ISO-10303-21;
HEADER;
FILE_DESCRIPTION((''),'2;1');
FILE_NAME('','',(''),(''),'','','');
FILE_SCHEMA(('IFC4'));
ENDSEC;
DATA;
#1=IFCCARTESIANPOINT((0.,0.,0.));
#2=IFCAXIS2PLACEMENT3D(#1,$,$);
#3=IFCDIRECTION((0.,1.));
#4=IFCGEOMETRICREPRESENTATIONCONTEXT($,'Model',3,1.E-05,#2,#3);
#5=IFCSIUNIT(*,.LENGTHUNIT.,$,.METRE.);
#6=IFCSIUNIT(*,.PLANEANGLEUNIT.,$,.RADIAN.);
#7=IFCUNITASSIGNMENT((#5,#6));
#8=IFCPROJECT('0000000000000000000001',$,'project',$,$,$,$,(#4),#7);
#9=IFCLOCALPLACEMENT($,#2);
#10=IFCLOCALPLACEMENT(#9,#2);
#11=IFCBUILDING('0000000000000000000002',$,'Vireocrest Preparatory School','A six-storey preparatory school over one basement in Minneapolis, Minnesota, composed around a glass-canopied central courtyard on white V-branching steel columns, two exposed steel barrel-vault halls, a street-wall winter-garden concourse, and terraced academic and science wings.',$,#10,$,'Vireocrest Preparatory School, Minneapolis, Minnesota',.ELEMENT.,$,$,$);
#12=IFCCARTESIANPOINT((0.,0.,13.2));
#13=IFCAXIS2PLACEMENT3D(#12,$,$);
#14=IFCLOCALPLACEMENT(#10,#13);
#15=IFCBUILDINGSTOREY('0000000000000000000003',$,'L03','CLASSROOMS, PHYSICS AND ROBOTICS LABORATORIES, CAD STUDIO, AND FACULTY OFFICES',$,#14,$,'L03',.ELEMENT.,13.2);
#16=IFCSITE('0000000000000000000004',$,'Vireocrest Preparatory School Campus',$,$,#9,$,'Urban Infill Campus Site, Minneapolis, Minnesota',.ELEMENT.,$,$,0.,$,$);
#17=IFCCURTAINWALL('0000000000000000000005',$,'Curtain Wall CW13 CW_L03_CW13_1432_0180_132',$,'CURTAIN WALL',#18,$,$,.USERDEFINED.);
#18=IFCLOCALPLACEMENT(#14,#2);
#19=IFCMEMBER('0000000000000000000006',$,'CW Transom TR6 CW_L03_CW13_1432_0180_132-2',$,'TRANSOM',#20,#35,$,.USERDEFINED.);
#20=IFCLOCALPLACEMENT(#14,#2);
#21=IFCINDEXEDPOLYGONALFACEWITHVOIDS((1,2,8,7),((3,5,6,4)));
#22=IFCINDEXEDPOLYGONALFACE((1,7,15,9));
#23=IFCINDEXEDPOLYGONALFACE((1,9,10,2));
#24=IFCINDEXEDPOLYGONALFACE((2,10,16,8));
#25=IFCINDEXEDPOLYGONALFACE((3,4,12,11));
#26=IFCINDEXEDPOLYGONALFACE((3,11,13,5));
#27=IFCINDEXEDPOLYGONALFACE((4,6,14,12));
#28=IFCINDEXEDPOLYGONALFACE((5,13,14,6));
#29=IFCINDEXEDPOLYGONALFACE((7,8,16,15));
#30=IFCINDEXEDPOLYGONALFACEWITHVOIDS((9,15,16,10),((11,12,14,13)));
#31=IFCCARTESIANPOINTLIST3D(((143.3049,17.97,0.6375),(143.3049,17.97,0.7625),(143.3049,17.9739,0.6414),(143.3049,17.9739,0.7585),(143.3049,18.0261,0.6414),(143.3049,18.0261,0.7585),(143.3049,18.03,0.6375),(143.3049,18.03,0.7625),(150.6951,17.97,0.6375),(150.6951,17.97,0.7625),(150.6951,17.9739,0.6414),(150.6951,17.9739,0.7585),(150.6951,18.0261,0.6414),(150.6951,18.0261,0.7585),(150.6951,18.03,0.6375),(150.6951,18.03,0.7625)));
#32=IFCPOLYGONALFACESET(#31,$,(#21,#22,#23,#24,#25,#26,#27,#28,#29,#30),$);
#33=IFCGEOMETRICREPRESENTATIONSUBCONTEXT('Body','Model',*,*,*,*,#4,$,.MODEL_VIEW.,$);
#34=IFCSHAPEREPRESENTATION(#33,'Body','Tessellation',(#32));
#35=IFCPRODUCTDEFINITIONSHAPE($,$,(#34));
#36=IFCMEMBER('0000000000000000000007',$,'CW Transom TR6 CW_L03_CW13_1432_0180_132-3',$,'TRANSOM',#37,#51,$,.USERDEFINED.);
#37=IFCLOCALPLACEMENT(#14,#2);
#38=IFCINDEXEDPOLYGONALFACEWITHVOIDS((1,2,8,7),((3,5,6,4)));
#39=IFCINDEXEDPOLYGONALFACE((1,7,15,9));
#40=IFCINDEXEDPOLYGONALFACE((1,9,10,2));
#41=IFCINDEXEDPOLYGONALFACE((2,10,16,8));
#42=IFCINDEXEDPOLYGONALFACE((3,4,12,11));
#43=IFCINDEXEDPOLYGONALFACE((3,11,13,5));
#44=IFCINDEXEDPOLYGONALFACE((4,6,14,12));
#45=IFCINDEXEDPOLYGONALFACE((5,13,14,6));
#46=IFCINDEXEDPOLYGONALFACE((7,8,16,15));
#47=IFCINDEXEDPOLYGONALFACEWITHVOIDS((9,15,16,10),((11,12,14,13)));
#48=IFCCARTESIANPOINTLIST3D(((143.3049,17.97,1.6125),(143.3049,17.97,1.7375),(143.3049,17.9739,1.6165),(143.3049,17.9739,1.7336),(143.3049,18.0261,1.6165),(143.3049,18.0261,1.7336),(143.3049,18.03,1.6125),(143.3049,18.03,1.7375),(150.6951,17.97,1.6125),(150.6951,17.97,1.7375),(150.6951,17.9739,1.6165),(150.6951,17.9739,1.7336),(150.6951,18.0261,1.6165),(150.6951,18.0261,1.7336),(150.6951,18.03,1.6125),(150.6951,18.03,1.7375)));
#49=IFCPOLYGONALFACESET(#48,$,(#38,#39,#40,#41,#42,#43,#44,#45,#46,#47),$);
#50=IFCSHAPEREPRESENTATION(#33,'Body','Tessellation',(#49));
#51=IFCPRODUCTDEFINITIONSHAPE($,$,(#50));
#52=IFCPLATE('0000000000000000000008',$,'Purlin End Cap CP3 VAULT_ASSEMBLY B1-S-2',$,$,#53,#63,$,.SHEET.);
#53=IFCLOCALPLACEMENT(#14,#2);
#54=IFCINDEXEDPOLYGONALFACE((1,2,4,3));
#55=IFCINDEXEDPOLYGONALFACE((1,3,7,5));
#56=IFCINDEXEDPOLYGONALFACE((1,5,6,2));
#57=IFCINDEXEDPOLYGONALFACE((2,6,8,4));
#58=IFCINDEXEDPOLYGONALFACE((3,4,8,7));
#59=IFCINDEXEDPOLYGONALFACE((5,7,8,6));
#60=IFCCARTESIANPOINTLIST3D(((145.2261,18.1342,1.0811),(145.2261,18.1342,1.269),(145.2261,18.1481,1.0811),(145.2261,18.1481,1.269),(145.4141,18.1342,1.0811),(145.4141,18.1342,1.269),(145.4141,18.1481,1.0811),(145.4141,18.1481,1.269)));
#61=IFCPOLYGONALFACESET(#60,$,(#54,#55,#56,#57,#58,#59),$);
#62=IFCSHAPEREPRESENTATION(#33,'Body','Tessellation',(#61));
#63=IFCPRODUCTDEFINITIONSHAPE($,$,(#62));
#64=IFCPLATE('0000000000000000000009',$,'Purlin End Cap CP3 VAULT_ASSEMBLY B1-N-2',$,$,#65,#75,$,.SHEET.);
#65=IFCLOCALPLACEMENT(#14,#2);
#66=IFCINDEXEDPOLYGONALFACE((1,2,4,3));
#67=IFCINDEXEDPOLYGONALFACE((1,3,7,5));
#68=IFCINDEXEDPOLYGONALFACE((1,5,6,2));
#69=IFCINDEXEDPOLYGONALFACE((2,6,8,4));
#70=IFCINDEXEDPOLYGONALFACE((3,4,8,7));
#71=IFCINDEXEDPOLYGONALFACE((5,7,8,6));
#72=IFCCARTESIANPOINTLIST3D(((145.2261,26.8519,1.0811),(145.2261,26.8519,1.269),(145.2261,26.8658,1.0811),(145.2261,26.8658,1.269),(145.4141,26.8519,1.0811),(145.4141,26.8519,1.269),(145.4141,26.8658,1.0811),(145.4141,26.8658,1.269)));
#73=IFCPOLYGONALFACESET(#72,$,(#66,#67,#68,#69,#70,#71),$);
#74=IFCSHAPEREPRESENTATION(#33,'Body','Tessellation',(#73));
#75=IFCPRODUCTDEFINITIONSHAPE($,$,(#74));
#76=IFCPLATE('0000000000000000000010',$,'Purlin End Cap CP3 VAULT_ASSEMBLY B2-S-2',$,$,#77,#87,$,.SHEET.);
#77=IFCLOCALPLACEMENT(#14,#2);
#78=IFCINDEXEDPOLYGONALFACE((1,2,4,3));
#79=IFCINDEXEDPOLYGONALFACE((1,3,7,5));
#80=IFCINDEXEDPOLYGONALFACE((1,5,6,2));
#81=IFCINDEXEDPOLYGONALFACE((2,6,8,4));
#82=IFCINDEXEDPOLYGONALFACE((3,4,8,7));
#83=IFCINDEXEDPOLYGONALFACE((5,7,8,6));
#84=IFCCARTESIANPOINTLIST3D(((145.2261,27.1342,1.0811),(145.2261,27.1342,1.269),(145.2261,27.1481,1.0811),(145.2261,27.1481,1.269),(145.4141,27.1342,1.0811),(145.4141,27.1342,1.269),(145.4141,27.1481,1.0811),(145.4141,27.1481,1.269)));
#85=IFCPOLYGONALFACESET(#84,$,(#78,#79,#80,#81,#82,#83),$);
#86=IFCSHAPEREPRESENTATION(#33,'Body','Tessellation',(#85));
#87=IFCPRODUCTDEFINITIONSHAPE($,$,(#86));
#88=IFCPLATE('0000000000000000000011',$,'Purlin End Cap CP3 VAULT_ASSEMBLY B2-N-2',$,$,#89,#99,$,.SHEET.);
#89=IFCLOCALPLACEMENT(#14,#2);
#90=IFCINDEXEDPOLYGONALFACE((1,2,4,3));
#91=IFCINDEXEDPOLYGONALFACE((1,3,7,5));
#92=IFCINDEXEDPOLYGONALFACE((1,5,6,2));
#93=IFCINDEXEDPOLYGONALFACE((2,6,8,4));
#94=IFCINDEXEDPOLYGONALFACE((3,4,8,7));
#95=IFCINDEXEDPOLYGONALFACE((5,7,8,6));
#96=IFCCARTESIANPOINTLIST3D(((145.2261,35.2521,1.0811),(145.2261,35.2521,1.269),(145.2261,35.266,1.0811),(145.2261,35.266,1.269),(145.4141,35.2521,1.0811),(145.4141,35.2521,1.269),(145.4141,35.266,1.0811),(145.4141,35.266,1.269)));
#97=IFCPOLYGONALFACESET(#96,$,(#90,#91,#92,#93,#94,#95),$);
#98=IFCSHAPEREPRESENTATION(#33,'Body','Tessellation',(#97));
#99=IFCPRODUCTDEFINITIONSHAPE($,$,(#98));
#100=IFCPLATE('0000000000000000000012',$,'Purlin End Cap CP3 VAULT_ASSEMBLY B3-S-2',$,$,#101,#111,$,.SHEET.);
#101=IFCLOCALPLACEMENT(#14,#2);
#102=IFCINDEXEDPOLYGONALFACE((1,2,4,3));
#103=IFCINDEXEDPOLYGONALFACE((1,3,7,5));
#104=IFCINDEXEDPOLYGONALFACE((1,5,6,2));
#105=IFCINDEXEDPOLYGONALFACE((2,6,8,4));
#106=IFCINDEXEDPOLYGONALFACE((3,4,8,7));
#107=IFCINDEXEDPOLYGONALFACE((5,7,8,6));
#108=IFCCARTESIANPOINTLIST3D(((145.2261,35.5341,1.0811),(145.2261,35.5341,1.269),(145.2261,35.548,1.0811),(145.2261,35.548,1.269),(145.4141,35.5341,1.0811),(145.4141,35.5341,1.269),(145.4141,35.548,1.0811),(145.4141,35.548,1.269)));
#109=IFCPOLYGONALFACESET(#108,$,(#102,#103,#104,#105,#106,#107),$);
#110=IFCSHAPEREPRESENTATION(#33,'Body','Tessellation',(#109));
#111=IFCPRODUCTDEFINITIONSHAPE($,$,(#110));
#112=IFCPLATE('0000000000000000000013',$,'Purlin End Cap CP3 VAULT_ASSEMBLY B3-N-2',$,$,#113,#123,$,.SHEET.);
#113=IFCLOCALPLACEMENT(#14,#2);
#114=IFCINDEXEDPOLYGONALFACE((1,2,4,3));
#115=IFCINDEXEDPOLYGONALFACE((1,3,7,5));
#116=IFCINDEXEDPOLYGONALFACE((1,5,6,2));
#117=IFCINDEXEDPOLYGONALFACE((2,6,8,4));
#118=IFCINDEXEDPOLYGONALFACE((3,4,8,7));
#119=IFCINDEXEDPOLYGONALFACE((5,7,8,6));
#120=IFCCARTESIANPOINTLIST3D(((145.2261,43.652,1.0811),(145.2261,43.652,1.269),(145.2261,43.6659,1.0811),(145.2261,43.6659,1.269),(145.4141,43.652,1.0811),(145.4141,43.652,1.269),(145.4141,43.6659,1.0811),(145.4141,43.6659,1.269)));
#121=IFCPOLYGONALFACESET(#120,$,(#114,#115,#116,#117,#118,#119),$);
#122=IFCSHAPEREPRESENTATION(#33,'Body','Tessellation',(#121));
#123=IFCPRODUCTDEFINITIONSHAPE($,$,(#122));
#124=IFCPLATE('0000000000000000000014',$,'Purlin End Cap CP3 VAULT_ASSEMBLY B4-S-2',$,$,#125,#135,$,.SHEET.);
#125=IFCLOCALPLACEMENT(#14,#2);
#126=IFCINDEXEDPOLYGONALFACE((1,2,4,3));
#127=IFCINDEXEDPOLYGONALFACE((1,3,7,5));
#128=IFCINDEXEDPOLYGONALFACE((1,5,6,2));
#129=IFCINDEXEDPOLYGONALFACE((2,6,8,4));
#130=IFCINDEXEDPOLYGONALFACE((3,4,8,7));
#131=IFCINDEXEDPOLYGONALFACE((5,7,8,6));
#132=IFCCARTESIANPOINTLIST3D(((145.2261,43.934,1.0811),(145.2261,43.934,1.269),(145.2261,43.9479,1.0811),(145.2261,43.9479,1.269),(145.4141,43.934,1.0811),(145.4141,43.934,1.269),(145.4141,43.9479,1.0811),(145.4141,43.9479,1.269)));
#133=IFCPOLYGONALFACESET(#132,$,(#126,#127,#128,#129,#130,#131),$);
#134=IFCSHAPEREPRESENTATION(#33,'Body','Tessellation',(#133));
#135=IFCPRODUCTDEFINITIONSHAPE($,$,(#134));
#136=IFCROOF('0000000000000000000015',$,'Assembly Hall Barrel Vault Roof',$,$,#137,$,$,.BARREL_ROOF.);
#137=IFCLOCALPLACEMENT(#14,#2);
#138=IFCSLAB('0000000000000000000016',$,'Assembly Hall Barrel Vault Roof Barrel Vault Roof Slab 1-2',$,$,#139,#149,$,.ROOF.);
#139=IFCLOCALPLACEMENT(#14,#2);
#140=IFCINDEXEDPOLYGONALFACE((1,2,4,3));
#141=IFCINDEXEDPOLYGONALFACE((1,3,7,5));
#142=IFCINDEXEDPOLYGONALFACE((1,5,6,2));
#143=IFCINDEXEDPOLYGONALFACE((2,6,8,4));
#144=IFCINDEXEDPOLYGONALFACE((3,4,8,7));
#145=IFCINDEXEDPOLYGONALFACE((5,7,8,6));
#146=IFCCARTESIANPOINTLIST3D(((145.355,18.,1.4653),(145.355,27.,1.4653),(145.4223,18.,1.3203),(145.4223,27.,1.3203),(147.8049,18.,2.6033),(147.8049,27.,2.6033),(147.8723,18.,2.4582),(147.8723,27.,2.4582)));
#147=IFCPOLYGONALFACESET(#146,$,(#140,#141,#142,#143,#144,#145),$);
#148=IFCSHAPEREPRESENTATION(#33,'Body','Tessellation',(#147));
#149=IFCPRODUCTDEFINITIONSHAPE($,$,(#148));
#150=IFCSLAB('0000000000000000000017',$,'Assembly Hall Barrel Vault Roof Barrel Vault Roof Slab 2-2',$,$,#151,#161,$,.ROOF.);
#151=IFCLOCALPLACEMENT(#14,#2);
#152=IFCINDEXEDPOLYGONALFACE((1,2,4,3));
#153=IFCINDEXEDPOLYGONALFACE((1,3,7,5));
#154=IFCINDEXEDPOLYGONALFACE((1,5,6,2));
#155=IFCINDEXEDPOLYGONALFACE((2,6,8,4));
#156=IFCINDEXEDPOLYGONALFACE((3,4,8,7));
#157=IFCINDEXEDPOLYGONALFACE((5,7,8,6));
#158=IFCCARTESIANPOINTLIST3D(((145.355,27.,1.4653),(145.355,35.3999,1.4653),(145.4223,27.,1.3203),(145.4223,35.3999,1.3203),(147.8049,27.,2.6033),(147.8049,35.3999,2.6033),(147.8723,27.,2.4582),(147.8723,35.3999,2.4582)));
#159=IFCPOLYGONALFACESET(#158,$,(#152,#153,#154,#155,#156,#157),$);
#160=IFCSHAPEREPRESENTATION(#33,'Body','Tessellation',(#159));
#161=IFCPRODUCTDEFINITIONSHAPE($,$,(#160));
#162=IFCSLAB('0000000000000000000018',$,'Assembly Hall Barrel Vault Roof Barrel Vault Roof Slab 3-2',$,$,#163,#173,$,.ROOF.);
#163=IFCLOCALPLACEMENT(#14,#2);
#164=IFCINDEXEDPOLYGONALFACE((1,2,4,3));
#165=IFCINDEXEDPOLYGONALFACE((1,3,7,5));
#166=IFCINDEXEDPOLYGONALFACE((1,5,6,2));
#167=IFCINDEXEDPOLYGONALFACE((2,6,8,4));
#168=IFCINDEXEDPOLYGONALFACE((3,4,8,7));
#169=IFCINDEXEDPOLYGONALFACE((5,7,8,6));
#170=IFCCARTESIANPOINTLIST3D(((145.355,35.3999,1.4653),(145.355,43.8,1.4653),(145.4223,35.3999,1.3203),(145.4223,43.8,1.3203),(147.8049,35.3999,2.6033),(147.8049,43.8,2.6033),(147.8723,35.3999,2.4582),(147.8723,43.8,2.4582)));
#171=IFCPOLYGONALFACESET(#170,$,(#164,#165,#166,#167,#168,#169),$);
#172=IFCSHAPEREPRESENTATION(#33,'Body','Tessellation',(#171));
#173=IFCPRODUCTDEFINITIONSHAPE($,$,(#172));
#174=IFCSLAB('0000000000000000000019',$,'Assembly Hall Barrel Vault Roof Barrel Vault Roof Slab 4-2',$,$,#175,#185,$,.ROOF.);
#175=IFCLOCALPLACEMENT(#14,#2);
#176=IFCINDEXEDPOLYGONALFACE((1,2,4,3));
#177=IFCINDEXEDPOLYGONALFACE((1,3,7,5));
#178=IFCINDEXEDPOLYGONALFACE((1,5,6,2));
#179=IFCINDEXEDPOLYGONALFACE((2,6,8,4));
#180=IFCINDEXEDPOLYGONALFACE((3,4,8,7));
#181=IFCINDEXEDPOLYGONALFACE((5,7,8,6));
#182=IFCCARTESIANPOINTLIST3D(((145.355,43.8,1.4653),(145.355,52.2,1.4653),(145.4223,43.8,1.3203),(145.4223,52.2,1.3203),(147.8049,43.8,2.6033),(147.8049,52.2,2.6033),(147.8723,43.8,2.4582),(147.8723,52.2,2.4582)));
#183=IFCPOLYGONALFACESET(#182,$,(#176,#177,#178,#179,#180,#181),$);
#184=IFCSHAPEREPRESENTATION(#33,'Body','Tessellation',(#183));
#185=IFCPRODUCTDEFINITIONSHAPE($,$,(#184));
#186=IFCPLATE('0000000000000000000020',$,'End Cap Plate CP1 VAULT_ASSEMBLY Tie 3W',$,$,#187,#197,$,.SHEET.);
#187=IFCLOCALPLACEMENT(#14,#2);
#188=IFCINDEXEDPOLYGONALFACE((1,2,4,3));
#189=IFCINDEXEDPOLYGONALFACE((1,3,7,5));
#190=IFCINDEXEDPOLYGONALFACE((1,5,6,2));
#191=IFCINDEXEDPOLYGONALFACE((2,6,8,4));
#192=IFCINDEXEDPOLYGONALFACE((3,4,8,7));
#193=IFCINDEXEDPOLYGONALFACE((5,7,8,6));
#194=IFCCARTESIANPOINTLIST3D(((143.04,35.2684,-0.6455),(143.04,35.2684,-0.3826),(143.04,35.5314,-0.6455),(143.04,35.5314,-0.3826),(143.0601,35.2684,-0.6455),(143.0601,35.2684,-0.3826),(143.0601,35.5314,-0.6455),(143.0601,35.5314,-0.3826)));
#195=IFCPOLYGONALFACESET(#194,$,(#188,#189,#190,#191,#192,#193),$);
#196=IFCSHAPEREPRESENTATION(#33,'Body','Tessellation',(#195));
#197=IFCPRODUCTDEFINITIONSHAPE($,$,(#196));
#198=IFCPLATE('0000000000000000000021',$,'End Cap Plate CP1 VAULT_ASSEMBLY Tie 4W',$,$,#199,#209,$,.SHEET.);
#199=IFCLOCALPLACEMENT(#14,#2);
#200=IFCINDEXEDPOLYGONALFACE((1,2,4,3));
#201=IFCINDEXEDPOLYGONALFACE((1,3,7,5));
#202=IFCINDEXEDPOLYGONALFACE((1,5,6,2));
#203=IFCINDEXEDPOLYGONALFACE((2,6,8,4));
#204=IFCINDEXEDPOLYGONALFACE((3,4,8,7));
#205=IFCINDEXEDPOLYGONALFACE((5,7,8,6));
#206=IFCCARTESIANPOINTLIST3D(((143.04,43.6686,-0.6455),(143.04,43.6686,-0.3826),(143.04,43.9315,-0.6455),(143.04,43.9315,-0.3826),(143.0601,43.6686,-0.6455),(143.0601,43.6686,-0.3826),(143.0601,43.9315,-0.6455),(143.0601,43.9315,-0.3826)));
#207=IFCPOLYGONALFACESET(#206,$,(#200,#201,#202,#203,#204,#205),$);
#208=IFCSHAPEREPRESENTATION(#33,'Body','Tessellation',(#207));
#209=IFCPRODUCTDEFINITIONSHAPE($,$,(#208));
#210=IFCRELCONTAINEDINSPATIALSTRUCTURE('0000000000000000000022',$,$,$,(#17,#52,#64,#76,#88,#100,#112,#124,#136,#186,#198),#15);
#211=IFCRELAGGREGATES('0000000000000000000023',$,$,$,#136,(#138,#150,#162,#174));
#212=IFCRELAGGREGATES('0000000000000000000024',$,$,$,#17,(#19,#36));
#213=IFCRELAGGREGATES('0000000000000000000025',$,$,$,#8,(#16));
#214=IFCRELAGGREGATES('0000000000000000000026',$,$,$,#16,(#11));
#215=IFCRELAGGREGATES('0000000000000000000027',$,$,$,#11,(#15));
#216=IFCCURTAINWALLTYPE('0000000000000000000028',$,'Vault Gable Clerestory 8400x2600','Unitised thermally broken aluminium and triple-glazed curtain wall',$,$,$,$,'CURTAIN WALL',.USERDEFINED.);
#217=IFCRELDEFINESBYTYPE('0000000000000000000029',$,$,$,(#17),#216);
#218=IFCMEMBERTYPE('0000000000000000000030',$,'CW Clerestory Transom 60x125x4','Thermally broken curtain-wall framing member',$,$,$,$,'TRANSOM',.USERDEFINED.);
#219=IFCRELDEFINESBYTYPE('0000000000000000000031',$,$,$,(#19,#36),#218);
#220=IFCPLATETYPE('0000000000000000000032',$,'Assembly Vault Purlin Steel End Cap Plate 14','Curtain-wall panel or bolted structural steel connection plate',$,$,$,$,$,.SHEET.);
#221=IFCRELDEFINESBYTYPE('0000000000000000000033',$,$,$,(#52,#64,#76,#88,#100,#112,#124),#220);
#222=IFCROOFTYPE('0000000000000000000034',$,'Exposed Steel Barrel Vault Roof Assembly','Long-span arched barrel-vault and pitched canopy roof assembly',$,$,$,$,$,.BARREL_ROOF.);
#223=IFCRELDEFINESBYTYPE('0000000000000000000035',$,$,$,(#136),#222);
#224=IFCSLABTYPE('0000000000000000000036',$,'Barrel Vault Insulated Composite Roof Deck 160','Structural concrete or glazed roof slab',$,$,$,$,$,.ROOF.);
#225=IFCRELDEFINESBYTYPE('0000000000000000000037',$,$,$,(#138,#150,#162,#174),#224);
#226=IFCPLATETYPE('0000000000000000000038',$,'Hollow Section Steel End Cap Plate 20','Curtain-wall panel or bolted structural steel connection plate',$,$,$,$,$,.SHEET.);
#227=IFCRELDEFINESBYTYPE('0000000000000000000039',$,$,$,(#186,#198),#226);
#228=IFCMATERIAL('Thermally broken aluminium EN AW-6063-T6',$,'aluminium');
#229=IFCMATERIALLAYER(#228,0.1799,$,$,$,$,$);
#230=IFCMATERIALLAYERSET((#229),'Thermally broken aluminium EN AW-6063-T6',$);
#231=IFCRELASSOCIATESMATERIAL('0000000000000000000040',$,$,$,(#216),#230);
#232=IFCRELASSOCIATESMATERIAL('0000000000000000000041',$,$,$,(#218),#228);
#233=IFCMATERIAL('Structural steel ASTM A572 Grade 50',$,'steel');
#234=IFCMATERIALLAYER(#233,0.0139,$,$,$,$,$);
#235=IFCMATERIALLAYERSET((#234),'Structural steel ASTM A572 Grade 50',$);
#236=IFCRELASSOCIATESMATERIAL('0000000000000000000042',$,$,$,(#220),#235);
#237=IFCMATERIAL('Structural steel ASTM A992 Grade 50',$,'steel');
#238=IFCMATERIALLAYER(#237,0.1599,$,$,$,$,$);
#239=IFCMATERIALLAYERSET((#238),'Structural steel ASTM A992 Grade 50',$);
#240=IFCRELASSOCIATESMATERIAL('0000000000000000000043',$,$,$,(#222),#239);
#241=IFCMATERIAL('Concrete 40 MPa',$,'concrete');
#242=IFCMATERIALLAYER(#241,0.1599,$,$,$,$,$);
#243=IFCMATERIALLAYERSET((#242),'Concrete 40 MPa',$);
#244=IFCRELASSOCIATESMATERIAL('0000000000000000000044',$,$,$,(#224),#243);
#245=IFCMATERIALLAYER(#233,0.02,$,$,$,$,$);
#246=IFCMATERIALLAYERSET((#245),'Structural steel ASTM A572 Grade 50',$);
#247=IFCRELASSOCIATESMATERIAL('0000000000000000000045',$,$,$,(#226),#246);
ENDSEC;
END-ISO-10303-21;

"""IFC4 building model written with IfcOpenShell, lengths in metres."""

from ifc_helpers import new_model, si_unit, direction, frame, origin, origin_2d, place, context, subcontext, project, spatial, polyline, rectangle, hollow_rectangle, outline, extrude, material, layer, layer_set, material_profile, profile_set, type_object, element, aggregate, save


model = new_model("IFC4")

# Units and contexts
model_context = context("Model", 3, precision=1e-05, world=origin(), true_north=direction((0.0, 1.0)))
body_context = subcontext(model_context, "Body", "Model", "MODEL_VIEW")
ifc_project = project(units=[si_unit("LENGTHUNIT", "METRE"), si_unit("PLANEANGLEUNIT", "RADIAN")], contexts=[model_context])

# Site, building, storey
site_placement = place(None, origin())
site = spatial("IfcSite", under=ifc_project, at=site_placement, Name="Vireocrest Preparatory School Campus", LongName="Urban Infill Campus Site, Minneapolis, Minnesota", CompositionType="ELEMENT", RefElevation=0.0)
building_placement = place(site_placement, origin())
building = spatial("IfcBuilding", under=site, at=building_placement, Name="Vireocrest Preparatory School", Description="A six-storey preparatory school over one basement in Minneapolis, Minnesota, composed around a glass-canopied central courtyard on white V-branching steel columns, two exposed steel barrel-vault halls, a street-wall winter-garden concourse, and terraced academic and science wings.", LongName="Vireocrest Preparatory School, Minneapolis, Minnesota", CompositionType="ELEMENT")
storey_placement = place(building_placement, frame((0.0, 0.0, 13.2)))
storey = spatial("IfcBuildingStorey", under=building, at=storey_placement, Name="L03", Description="CLASSROOMS, PHYSICS AND ROBOTICS LABORATORIES, CAD STUDIO, AND FACULTY OFFICES", LongName="L03", CompositionType="ELEMENT", Elevation=13.2)

# Shared definitions
ifc_material_1 = material(Name="Structural steel ASTM A992 Grade 50", Category="steel")

# Curtain wall, members
ifc_material_2 = material(Name="Thermally broken aluminium EN AW-6063-T6", Category="aluminium")
ifc_layer_1 = layer(ifc_material_2, 0.1799)
ifc_layer_set_1 = layer_set([ifc_layer_1], Name="Thermally broken aluminium EN AW-6063-T6")
curtain_wall_type = type_object("IfcCurtainWallType", Name="Vault Gable Clerestory 8400x2600", Description="Unitised thermally broken aluminium and triple-glazed curtain wall", ElementType="CURTAIN WALL", PredefinedType="USERDEFINED", material=ifc_layer_set_1)
curtain_wall_placement = place(storey_placement, origin())
curtain_wall = element("IfcCurtainWall", 1, at=curtain_wall_placement, inside=storey, type_object=curtain_wall_type, Name="Curtain Wall CW13 CW_L03_CW13_1432_0180_132", ObjectType="CURTAIN WALL", PredefinedType="USERDEFINED")
ifc_material_profile_1 = material_profile(ifc_material_2, hollow_rectangle(XDim=0.0601, YDim=0.125, WallThickness=0.0039, at=origin_2d()), Name="ALU 60x125x4")
ifc_profile_set_1 = profile_set([ifc_material_profile_1], Name="Thermally broken aluminium EN AW-6063-T6")
member_type_1 = type_object("IfcMemberType", Name="CW Clerestory Transom 60x125x4", Description="Thermally broken curtain-wall framing member", ElementType="TRANSOM", PredefinedType="USERDEFINED", material=ifc_profile_set_1)
member_1_placement = place(storey_placement, frame((143.3049, 18.0, 0.7), z_axis=(1.0, 0.0, 0.0), x_axis=(0.0, 1.0, 0.0)))
member_1 = element("IfcMember", 2, at=member_1_placement, type_object=member_type_1, Name="CW Transom TR6 CW_L03_CW13_1432_0180_132-2", ObjectType="TRANSOM", PredefinedType="USERDEFINED", context=body_context, shape_type="SweptSolid", body=[
    extrude(hollow_rectangle(XDim=0.0601, YDim=0.125, WallThickness=0.0039, at=origin_2d()), origin(), (0.0, 0.0, 1.0), 7.3901),
])
member_2_placement = place(storey_placement, frame((143.3049, 18.0, 1.675), z_axis=(1.0, 0.0, 0.0), x_axis=(0.0, 1.0, 0.0)))
member_2 = element("IfcMember", 3, at=member_2_placement, type_object=member_type_1, Name="CW Transom TR6 CW_L03_CW13_1432_0180_132-3", ObjectType="TRANSOM", PredefinedType="USERDEFINED", context=body_context, shape_type="SweptSolid", body=[
    extrude(hollow_rectangle(XDim=0.0601, YDim=0.125, WallThickness=0.0039, at=origin_2d()), origin(), (0.0, 0.0, 1.0), 7.3901),
])

# Plates
ifc_material_3 = material(Name="Structural steel ASTM A572 Grade 50", Category="steel")
ifc_layer_2 = layer(ifc_material_3, 0.0139)
ifc_layer_set_2 = layer_set([ifc_layer_2], Name="Structural steel ASTM A572 Grade 50")
plate_type_1 = type_object("IfcPlateType", Name="Assembly Vault Purlin Steel End Cap Plate 14", Description="Curtain-wall panel or bolted structural steel connection plate", PredefinedType="SHEET", material=ifc_layer_set_2)
for number, where, z_axis, x_axis, name in (
    (4, (145.3201, 18.1411, 1.0811), (0.0, 0.0, 1.0), (1.0, 0.0, 0.0), "Purlin End Cap CP3 VAULT_ASSEMBLY B1-S-2"),
    (5, (145.3201, 26.8589, 1.0811), (0.0, 0.0, 1.0), (1.0, 0.0, 0.0), "Purlin End Cap CP3 VAULT_ASSEMBLY B1-N-2"),
    (6, (145.3201, 27.1411, 1.0811), (0.0, 0.0, 1.0), (1.0, 0.0, 0.0), "Purlin End Cap CP3 VAULT_ASSEMBLY B2-S-2"),
    (7, (145.3201, 35.259, 1.0811), (0.0, 0.0, 1.0), (1.0, 0.0, 0.0), "Purlin End Cap CP3 VAULT_ASSEMBLY B2-N-2"),
    (8, (145.3201, 35.541, 1.0811), (0.0, 0.0, 1.0), (1.0, 0.0, 0.0), "Purlin End Cap CP3 VAULT_ASSEMBLY B3-S-2"),
    (9, (145.3201, 43.6589, 1.0811), (0.0, 0.0, 1.0), (1.0, 0.0, 0.0), "Purlin End Cap CP3 VAULT_ASSEMBLY B3-N-2"),
    (10, (145.3201, 43.9409, 1.0811), (0.0, 0.0, 1.0), (1.0, 0.0, 0.0), "Purlin End Cap CP3 VAULT_ASSEMBLY B4-S-2"),
):
    element("IfcPlate", number, at=place(storey_placement, frame(where, z_axis=z_axis, x_axis=x_axis)), inside=storey, type_object=plate_type_1, Name=name, PredefinedType="SHEET", context=body_context, shape_type="SweptSolid", body=[
        extrude(rectangle(XDim=0.188, YDim=0.0139, at=origin_2d()), origin(), (0.0, 0.0, 1.0), 0.188),
    ])

# Roof, slabs
ifc_layer_3 = layer(ifc_material_1, 0.1599)
ifc_layer_set_3 = layer_set([ifc_layer_3], Name="Structural steel ASTM A992 Grade 50")
roof_type = type_object("IfcRoofType", Name="Exposed Steel Barrel Vault Roof Assembly", Description="Long-span arched barrel-vault and pitched canopy roof assembly", PredefinedType="BARREL_ROOF", material=ifc_layer_set_3)
roof_placement = place(storey_placement, origin())
roof = element("IfcRoof", 11, at=roof_placement, inside=storey, type_object=roof_type, Name="Assembly Hall Barrel Vault Roof", PredefinedType="BARREL_ROOF")
ifc_material_4 = material(Name="Concrete 40 MPa", Category="concrete")
ifc_layer_4 = layer(ifc_material_4, 0.1599)
ifc_layer_set_4 = layer_set([ifc_layer_4], Name="Concrete 40 MPa")
slab_type = type_object("IfcSlabType", Name="Barrel Vault Insulated Composite Roof Deck 160", Description="Structural concrete or glazed roof slab", PredefinedType="ROOF", material=ifc_layer_set_4)
slab_1_placement = place(storey_placement, frame((145.355, 18.0, 1.4653), z_axis=(-0.421252, 0.0, 0.906944), x_axis=(0.906944, 0.0, 0.421252)))
slab_1 = element("IfcSlab", 12, at=slab_1_placement, type_object=slab_type, Name="Assembly Hall Barrel Vault Roof Barrel Vault Roof Slab 1-2", PredefinedType="ROOF", context=body_context, shape_type="SweptSolid", body=[
    extrude(outline(polyline([(0.0, 0.0), (2.7013, 0.0), (2.7013, 9.0), (0.0, 9.0), (0.0, 0.0)])), origin(), (0.0, 0.0, -1.0), 0.1599),
])
slab_2_placement = place(storey_placement, frame((145.355, 27.0, 1.4653), z_axis=(-0.421252, 0.0, 0.906944), x_axis=(0.906944, 0.0, 0.421252)))
slab_2 = element("IfcSlab", 13, at=slab_2_placement, type_object=slab_type, Name="Assembly Hall Barrel Vault Roof Barrel Vault Roof Slab 2-2", PredefinedType="ROOF", context=body_context, shape_type="SweptSolid", body=[
    extrude(outline(polyline([(0.0, 0.0), (2.7013, 0.0), (2.7013, 8.3999), (0.0, 8.3999), (0.0, 0.0)])), origin(), (0.0, 0.0, -1.0), 0.1599),
])
slab_3_placement = place(storey_placement, frame((145.355, 35.3999, 1.4653), z_axis=(-0.421252, 0.0, 0.906944), x_axis=(0.906944, 0.0, 0.421252)))
slab_3 = element("IfcSlab", 14, at=slab_3_placement, type_object=slab_type, Name="Assembly Hall Barrel Vault Roof Barrel Vault Roof Slab 3-2", PredefinedType="ROOF", context=body_context, shape_type="SweptSolid", body=[
    extrude(outline(polyline([(0.0, 0.0), (2.7013, 0.0), (2.7013, 8.4001), (0.0, 8.4001), (0.0, 0.0)])), origin(), (0.0, 0.0, -1.0), 0.1599),
])
slab_4_placement = place(storey_placement, frame((145.355, 43.8, 1.4653), z_axis=(-0.421252, 0.0, 0.906944), x_axis=(0.906944, 0.0, 0.421252)))
slab_4 = element("IfcSlab", 15, at=slab_4_placement, type_object=slab_type, Name="Assembly Hall Barrel Vault Roof Barrel Vault Roof Slab 4-2", PredefinedType="ROOF", context=body_context, shape_type="SweptSolid", body=[
    extrude(outline(polyline([(0.0, 0.0), (2.7013, 0.0), (2.7013, 8.3999), (0.0, 8.3999), (0.0, 0.0)])), origin(), (0.0, 0.0, -1.0), 0.1599),
])
aggregate(roof, [slab_1, slab_2, slab_3, slab_4])

# Plates
ifc_layer_5 = layer(ifc_material_3, 0.02)
ifc_layer_set_5 = layer_set([ifc_layer_5], Name="Structural steel ASTM A572 Grade 50")
plate_type_2 = type_object("IfcPlateType", Name="Hollow Section Steel End Cap Plate 20", Description="Curtain-wall panel or bolted structural steel connection plate", PredefinedType="SHEET", material=ifc_layer_set_5)
for number, where, z_axis, x_axis, name in (
    (16, (143.05, 35.3999, -0.6455), (0.0, 0.0, 1.0), (1.0, 0.0, 0.0), "End Cap Plate CP1 VAULT_ASSEMBLY Tie 3W"),
    (17, (143.05, 43.8, -0.6455), (0.0, 0.0, 1.0), (1.0, 0.0, 0.0), "End Cap Plate CP1 VAULT_ASSEMBLY Tie 4W"),
):
    element("IfcPlate", number, at=place(storey_placement, frame(where, z_axis=z_axis, x_axis=x_axis)), inside=storey, type_object=plate_type_2, Name=name, PredefinedType="SHEET", context=body_context, shape_type="SweptSolid", body=[
        extrude(rectangle(XDim=0.02, YDim=0.2629, at=origin_2d()), origin(), (0.0, 0.0, 1.0), 0.2629),
    ])

aggregate(curtain_wall, [member_1, member_2])

save(model, "model.ifc")
